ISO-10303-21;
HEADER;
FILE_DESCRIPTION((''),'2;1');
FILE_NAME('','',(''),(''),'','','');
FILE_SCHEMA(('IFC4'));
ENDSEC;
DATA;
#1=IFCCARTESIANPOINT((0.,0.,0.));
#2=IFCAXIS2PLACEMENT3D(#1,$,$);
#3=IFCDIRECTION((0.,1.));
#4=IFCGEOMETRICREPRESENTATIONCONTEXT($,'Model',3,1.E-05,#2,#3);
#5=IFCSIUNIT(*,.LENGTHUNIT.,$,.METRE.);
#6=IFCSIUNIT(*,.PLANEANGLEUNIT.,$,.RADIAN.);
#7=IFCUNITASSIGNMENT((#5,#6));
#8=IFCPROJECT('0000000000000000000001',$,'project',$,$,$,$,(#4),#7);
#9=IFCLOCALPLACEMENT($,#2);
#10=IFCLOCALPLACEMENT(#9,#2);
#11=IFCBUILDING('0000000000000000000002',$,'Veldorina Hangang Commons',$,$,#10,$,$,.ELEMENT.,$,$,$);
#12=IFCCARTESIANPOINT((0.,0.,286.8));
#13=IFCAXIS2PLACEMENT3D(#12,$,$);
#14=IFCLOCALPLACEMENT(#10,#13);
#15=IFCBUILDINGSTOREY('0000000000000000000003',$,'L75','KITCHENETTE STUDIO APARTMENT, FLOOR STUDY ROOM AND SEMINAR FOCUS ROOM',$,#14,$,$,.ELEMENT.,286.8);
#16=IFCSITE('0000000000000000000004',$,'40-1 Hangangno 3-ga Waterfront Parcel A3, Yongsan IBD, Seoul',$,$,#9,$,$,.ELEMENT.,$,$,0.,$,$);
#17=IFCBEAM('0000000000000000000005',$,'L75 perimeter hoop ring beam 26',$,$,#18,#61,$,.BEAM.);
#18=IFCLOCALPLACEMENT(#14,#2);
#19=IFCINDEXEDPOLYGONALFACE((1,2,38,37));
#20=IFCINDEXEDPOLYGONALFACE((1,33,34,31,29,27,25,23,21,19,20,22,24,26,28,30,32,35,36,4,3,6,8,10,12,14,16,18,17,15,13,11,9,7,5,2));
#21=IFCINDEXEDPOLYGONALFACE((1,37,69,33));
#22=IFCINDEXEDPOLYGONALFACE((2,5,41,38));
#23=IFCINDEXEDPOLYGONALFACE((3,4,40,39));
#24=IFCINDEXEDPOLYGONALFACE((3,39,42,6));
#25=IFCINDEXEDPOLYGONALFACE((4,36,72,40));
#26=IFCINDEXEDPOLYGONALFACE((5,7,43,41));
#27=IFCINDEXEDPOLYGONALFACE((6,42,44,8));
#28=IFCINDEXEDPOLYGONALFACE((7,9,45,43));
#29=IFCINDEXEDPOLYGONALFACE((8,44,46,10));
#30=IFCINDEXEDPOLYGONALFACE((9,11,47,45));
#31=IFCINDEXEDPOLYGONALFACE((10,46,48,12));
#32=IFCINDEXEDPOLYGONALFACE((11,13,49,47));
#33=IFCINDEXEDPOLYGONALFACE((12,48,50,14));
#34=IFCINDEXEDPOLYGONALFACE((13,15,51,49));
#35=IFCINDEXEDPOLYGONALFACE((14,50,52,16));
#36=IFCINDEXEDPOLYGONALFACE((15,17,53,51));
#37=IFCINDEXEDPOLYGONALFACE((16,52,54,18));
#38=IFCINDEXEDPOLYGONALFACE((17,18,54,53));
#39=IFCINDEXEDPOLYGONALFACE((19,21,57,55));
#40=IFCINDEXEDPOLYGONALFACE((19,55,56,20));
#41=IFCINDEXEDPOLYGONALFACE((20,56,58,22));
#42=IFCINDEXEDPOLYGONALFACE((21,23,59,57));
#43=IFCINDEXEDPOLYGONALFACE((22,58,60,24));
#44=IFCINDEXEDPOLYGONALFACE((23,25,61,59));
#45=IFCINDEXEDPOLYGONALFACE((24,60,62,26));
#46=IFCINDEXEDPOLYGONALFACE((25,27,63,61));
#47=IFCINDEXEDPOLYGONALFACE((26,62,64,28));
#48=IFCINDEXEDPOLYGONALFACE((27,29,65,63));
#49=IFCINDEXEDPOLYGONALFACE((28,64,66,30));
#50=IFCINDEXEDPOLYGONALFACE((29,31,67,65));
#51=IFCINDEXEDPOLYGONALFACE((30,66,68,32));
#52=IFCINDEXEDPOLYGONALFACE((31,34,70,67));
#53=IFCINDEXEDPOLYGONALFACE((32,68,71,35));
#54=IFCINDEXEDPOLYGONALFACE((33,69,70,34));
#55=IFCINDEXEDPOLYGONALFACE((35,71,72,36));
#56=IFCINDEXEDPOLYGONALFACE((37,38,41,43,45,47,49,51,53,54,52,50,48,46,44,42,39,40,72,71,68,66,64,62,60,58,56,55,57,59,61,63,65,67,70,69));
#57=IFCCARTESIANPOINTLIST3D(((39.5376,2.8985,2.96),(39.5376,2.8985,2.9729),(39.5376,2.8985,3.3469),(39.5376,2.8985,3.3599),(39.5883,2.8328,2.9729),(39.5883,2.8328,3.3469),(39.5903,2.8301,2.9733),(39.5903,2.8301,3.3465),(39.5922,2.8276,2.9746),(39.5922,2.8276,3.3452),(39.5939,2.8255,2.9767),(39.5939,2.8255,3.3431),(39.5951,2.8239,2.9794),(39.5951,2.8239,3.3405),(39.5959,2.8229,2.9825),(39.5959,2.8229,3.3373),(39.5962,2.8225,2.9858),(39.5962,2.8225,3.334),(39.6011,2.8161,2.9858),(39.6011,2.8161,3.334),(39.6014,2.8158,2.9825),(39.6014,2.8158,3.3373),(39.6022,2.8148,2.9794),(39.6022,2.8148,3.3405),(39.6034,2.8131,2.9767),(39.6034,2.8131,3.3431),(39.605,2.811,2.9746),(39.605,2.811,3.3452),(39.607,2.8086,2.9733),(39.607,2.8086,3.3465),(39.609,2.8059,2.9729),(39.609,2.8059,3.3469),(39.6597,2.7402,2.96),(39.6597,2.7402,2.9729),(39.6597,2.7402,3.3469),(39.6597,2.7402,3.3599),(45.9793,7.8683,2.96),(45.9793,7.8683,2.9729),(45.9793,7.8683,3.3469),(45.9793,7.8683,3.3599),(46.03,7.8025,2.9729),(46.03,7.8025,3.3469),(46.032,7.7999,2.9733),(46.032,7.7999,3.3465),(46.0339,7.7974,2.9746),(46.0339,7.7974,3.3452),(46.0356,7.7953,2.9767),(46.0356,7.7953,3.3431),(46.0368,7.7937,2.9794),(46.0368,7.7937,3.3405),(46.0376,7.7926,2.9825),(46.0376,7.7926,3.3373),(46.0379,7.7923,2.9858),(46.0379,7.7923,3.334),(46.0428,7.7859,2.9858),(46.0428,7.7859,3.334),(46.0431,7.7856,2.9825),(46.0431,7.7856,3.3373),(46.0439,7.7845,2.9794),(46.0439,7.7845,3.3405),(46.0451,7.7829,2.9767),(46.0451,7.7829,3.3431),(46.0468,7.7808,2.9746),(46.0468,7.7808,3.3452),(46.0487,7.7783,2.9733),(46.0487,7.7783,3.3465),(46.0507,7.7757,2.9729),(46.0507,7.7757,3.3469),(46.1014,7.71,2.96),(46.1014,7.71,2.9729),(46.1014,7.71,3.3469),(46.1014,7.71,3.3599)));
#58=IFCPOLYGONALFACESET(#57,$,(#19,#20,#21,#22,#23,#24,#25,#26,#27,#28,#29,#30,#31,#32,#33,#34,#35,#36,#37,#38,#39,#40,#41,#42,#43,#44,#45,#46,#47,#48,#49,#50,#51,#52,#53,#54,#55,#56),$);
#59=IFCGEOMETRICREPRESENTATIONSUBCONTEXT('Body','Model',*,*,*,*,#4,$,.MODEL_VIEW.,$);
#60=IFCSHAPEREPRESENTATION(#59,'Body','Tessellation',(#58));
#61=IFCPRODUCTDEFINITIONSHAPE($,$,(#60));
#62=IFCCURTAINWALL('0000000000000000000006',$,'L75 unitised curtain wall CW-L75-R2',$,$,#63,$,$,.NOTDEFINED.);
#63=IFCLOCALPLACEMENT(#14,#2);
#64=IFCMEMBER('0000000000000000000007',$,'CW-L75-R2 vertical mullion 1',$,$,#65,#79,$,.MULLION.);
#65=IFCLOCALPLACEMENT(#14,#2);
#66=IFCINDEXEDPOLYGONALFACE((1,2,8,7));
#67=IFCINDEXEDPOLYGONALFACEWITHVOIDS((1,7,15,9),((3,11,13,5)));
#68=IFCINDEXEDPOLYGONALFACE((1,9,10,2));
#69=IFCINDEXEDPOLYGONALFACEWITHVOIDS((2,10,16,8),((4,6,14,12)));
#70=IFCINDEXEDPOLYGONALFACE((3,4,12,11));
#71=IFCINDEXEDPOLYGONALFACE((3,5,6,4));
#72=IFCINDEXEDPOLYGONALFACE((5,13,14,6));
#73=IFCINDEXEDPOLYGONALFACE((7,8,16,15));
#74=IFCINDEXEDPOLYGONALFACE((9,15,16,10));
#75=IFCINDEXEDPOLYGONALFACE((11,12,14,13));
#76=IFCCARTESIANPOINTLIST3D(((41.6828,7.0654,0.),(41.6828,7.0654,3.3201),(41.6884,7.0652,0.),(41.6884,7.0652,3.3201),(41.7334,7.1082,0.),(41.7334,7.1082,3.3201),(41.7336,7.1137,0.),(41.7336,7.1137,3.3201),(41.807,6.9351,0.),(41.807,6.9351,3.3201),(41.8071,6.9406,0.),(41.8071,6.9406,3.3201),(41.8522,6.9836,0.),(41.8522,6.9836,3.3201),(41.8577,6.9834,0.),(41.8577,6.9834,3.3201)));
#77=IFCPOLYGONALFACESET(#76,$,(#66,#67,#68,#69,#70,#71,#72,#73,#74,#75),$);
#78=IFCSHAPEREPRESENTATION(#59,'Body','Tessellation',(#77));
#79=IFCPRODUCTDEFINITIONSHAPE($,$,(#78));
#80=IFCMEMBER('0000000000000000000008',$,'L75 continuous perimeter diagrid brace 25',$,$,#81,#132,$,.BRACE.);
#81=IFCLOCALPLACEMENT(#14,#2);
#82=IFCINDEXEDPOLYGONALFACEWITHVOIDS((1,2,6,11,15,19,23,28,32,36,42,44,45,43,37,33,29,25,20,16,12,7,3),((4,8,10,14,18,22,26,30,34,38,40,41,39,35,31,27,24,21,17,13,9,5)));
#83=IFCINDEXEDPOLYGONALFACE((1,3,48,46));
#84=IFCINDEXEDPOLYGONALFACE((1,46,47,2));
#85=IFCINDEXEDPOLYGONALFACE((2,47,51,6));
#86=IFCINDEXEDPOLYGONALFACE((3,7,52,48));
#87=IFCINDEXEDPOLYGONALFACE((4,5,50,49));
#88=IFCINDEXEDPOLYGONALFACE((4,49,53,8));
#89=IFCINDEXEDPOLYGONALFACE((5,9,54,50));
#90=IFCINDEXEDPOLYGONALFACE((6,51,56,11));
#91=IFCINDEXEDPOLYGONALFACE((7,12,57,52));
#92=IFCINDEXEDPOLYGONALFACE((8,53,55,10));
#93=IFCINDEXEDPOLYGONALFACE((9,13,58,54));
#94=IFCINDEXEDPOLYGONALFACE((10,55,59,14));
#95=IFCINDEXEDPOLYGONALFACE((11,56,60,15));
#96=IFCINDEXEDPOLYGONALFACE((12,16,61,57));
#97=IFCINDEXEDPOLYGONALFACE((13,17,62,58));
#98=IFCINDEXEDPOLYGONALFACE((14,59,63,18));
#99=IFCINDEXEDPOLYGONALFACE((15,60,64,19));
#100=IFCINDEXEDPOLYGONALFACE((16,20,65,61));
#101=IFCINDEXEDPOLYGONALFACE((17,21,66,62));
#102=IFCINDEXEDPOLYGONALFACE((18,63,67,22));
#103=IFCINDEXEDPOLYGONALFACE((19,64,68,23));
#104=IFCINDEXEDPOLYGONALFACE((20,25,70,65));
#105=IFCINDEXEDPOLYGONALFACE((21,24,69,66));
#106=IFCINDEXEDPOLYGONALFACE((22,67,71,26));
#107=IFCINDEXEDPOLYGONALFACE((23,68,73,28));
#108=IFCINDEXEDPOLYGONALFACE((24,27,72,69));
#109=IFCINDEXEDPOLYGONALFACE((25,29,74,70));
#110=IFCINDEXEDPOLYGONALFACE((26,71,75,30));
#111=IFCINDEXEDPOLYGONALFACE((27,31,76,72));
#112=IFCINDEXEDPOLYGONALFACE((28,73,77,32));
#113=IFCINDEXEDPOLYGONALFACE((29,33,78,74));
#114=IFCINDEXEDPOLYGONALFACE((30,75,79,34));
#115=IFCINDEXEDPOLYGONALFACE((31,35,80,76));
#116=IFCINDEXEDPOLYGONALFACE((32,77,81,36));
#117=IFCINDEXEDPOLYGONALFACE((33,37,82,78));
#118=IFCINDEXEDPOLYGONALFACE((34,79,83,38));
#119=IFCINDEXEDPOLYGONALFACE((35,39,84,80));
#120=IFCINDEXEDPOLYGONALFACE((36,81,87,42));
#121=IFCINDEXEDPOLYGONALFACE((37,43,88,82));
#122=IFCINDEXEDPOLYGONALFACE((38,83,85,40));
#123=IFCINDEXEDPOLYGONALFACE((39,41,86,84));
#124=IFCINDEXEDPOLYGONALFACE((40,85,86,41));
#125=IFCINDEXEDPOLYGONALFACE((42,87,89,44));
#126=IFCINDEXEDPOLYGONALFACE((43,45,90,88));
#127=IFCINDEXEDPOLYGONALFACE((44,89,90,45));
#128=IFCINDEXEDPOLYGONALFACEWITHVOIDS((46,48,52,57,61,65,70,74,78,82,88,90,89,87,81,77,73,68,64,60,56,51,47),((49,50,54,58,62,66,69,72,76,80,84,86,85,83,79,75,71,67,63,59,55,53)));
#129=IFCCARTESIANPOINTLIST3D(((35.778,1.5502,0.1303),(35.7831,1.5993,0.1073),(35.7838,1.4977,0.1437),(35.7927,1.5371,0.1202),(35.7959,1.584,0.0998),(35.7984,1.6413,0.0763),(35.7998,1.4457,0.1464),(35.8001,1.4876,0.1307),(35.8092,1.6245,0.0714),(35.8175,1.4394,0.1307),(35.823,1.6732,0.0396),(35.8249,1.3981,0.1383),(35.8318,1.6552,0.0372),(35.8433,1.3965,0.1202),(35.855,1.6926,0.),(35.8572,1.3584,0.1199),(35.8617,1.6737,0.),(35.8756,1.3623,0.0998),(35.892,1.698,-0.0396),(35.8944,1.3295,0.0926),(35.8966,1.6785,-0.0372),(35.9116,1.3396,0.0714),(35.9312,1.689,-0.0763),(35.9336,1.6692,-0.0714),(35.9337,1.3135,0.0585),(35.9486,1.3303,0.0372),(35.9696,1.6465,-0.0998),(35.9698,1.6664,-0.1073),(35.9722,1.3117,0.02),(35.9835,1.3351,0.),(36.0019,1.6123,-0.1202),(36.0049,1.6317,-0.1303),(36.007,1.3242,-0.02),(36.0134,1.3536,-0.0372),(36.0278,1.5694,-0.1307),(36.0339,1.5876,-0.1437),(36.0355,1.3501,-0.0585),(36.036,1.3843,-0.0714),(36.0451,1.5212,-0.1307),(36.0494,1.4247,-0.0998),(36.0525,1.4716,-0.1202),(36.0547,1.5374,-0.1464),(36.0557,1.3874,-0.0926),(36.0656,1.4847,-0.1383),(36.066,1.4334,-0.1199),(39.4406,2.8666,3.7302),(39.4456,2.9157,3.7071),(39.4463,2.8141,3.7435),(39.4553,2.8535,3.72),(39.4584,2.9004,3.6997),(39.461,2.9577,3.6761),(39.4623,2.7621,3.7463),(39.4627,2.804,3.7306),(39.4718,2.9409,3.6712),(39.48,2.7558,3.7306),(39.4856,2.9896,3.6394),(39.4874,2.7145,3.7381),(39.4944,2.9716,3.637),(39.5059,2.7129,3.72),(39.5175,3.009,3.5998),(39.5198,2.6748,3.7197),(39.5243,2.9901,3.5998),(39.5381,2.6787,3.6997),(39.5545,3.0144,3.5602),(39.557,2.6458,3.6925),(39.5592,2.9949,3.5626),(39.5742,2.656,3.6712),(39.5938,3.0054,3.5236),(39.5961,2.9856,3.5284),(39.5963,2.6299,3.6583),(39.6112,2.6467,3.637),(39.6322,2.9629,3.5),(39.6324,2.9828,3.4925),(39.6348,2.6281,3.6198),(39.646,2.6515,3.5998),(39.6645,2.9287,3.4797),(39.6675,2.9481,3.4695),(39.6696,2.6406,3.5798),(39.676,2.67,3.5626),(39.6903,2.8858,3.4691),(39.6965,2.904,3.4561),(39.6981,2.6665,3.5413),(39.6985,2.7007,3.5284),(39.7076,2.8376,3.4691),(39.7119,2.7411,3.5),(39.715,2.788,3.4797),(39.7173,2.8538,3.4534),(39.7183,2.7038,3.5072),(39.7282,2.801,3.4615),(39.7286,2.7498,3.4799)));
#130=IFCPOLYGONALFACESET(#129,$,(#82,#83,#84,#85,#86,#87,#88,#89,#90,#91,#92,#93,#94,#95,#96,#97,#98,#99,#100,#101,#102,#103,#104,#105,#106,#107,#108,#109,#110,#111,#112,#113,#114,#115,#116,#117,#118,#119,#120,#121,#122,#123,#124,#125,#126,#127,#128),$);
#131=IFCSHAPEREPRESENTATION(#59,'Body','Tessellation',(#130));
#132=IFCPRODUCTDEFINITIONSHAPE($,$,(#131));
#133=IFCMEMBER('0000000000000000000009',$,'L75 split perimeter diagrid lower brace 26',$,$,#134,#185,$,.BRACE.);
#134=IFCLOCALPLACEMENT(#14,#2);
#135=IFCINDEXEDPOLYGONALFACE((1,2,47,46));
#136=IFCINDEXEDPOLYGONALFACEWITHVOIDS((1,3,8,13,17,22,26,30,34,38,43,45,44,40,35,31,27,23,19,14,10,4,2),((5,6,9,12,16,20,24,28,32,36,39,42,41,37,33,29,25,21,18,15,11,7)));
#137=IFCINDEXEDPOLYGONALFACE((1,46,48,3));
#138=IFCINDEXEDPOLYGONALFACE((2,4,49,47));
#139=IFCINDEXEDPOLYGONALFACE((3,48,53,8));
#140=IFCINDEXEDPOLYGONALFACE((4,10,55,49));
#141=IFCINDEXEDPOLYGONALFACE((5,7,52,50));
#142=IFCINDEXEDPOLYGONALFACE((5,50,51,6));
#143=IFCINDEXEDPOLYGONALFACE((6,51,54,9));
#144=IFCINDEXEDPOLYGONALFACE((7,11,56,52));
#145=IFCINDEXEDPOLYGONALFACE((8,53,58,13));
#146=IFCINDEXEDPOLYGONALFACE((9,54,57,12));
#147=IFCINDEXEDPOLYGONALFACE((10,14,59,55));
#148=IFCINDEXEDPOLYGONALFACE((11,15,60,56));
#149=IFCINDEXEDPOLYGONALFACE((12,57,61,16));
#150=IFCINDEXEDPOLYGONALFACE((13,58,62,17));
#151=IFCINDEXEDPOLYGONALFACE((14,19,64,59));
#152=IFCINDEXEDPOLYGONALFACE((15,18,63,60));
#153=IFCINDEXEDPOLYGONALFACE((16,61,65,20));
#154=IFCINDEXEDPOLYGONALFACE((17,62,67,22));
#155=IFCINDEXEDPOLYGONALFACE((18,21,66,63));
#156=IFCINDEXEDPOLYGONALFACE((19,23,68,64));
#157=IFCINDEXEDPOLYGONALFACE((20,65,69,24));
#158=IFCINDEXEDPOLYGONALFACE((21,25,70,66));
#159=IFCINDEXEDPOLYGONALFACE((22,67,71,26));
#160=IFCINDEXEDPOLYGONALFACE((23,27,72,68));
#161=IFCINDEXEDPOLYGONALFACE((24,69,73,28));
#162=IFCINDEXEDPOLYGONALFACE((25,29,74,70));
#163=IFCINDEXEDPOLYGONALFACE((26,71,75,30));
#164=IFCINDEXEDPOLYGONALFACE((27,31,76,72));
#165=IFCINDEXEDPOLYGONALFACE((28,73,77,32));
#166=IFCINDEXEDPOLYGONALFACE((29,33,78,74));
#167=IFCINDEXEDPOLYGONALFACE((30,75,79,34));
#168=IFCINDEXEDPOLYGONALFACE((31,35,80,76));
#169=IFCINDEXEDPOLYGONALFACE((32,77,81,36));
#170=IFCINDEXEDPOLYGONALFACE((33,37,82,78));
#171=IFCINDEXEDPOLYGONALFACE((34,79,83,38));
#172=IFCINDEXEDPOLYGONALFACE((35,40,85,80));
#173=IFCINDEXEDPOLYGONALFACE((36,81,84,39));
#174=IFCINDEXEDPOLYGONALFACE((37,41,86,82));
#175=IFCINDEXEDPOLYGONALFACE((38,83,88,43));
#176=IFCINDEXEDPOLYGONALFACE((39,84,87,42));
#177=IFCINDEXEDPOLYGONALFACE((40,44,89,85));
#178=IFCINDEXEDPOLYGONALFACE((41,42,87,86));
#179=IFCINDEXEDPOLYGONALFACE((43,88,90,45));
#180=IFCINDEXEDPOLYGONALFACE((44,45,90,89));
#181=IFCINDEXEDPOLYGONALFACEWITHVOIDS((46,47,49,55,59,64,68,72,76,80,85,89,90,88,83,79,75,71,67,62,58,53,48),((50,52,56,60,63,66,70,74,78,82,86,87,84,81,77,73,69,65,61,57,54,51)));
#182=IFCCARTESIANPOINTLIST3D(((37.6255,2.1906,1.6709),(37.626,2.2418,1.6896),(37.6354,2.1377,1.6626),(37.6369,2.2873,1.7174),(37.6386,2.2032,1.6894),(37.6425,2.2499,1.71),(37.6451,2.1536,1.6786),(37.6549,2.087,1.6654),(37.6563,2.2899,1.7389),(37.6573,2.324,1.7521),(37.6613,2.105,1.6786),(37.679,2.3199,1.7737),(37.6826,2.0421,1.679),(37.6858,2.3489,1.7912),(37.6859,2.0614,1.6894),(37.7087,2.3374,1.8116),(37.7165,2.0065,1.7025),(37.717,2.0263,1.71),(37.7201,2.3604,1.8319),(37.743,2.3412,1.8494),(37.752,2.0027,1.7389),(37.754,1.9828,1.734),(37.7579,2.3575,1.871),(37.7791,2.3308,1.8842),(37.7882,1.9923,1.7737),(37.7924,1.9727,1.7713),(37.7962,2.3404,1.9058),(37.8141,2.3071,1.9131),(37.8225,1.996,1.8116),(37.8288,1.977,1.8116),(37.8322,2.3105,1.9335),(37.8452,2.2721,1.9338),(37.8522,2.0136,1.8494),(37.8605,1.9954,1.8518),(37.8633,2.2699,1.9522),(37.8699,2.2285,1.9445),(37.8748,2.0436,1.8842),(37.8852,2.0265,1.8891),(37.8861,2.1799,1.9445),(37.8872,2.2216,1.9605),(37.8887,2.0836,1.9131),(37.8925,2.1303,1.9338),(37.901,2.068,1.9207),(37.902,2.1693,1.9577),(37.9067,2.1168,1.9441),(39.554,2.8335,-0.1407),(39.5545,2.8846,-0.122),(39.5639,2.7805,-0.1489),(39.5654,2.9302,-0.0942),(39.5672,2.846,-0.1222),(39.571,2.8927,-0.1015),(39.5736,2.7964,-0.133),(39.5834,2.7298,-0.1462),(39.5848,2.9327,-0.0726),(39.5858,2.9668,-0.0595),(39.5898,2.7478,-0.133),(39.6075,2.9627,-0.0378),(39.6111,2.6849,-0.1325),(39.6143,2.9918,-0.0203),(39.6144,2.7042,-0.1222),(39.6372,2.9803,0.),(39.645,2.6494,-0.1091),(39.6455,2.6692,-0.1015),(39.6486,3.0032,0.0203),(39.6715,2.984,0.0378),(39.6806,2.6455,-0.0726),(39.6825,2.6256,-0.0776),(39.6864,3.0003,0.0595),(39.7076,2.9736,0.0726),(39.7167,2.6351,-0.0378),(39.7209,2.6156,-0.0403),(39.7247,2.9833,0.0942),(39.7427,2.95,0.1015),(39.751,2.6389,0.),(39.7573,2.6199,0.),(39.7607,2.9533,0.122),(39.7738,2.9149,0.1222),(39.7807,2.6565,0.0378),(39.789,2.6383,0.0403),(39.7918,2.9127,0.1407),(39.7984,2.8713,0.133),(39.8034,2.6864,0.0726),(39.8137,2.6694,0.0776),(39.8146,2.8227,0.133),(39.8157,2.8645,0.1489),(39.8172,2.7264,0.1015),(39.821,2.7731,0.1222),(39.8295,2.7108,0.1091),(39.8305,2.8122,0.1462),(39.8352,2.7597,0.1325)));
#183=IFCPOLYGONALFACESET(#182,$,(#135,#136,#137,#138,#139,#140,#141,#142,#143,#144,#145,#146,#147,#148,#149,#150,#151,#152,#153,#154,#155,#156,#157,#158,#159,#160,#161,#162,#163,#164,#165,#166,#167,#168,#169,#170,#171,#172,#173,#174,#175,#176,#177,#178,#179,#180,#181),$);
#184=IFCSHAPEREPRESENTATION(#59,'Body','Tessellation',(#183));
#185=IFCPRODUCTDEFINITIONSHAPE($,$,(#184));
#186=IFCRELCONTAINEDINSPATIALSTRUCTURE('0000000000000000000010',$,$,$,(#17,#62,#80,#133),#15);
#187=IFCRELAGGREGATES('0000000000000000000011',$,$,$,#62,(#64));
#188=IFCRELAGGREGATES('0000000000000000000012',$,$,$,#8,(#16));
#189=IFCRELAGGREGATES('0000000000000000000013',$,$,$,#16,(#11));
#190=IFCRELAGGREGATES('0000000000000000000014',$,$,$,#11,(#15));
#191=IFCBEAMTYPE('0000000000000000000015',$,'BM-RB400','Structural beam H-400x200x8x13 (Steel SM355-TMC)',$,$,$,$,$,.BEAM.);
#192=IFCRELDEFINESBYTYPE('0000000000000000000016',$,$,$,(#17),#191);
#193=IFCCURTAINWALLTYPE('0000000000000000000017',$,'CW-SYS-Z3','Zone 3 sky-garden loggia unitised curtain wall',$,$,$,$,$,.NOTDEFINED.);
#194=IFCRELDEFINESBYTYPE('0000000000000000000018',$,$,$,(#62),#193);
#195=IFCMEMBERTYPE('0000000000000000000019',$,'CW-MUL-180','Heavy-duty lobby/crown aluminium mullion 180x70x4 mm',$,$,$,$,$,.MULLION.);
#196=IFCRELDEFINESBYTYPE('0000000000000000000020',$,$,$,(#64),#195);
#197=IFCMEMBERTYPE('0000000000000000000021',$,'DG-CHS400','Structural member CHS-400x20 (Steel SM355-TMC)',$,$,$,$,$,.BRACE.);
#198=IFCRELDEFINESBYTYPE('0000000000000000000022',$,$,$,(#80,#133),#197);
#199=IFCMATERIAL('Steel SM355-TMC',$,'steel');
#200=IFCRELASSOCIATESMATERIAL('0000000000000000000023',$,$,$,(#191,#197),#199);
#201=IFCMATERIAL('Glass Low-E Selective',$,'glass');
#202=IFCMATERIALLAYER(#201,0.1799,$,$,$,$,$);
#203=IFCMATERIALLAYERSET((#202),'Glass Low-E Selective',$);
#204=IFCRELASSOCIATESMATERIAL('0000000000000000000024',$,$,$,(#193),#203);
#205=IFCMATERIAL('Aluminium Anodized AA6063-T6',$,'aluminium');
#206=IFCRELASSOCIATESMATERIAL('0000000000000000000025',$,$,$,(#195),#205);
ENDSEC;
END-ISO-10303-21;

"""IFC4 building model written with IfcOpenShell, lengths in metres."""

from ifc_helpers import new_model, si_unit, direction, frame, origin, origin_2d, place, context, subcontext, project, spatial, hollow_rectangle, hollow_circle, i_section, extrude, material, layer, layer_set, material_profile, profile_set, type_object, element, aggregate, save


model = new_model("IFC4")

# Units and contexts
model_context = context("Model", 3, precision=1e-05, world=origin(), true_north=direction((0.0, 1.0)))
body_context = subcontext(model_context, "Body", "Model", "MODEL_VIEW")
ifc_project = project(units=[si_unit("LENGTHUNIT", "METRE"), si_unit("PLANEANGLEUNIT", "RADIAN")], contexts=[model_context])

# Site, building, storey
site_placement = place(None, origin())
site = spatial("IfcSite", under=ifc_project, at=site_placement, Name="40-1 Hangangno 3-ga Waterfront Parcel A3, Yongsan IBD, Seoul", CompositionType="ELEMENT", RefElevation=0.0)
building_placement = place(site_placement, origin())
building = spatial("IfcBuilding", under=site, at=building_placement, Name="Veldorina Hangang Commons", CompositionType="ELEMENT")
storey_placement = place(building_placement, frame((0.0, 0.0, 286.8)))
storey = spatial("IfcBuildingStorey", under=building, at=storey_placement, Name="L75", Description="KITCHENETTE STUDIO APARTMENT, FLOOR STUDY ROOM AND SEMINAR FOCUS ROOM", CompositionType="ELEMENT", Elevation=286.8)

# Beam
ifc_material_1 = material(Name="Steel SM355-TMC", Category="steel")
ifc_material_profile_1 = material_profile(ifc_material_1, i_section(OverallWidth=0.2, OverallDepth=0.3999, WebThickness=0.0081, FlangeThickness=0.0129, FilletRadius=0.0129, at=origin_2d()), Name="H-400x200x8x13")
ifc_profile_set_1 = profile_set([ifc_material_profile_1], Name="Steel SM355-TMC")
beam_type = type_object("IfcBeamType", Name="BM-RB400", Description="Structural beam H-400x200x8x13 (Steel SM355-TMC)", PredefinedType="BEAM", material=ifc_profile_set_1)
beam_placement = place(storey_placement, frame((39.5986, 2.8193, 3.1599), z_axis=(0.791755, 0.610838, 0.0), x_axis=(-0.610838, 0.791755, 0.0)))
element("IfcBeam", 1, at=beam_placement, inside=storey, type_object=beam_type, Name="L75 perimeter hoop ring beam 26", PredefinedType="BEAM", context=body_context, shape_type="SweptSolid", body=[
    extrude(i_section(OverallWidth=0.2, OverallDepth=0.3999, WebThickness=0.0081, FlangeThickness=0.0129, FilletRadius=0.0129, at=origin_2d()), origin(), (0.0, 0.0, 1.0), 8.136),
])

# Curtain wall, member
ifc_material_2 = material(Name="Glass Low-E Selective", Category="glass")
ifc_layer_1 = layer(ifc_material_2, 0.1799)
ifc_layer_set_1 = layer_set([ifc_layer_1], Name="Glass Low-E Selective")
curtain_wall_type = type_object("IfcCurtainWallType", Name="CW-SYS-Z3", Description="Zone 3 sky-garden loggia unitised curtain wall", PredefinedType="NOTDEFINED", material=ifc_layer_set_1)
curtain_wall_placement = place(storey_placement, origin())
curtain_wall = element("IfcCurtainWall", 2, at=curtain_wall_placement, inside=storey, type_object=curtain_wall_type, Name="L75 unitised curtain wall CW-L75-R2", PredefinedType="NOTDEFINED")
ifc_material_3 = material(Name="Aluminium Anodized AA6063-T6", Category="aluminium")
ifc_material_profile_2 = material_profile(ifc_material_3, hollow_rectangle(XDim=0.0701, YDim=0.1799, WallThickness=0.0039, at=origin_2d()), Name="ALU-RHS-180x70x4")
ifc_profile_set_2 = profile_set([ifc_material_profile_2], Name="Aluminium Anodized AA6063-T6")
member_type_1 = type_object("IfcMemberType", Name="CW-MUL-180", Description="Heavy-duty lobby/crown aluminium mullion 180x70x4 mm", PredefinedType="MULLION", material=ifc_profile_set_2)
member_1_placement = place(storey_placement, frame((41.7703, 7.0244, 0.0), z_axis=(0.0, 0.0, 1.0), x_axis=(0.724003, 0.689796, 0.0)))
member_1 = element("IfcMember", 3, at=member_1_placement, type_object=member_type_1, Name="CW-L75-R2 vertical mullion 1", PredefinedType="MULLION", context=body_context, shape_type="SweptSolid", body=[
    extrude(hollow_rectangle(XDim=0.0701, YDim=0.1799, WallThickness=0.0039, at=origin_2d()), origin(), (0.0, 0.0, 1.0), 3.3201),
])
aggregate(curtain_wall, [member_1])

# Members
ifc_material_profile_3 = material_profile(ifc_material_1, hollow_circle(Radius=0.2, WallThickness=0.02, at=origin_2d()), Name="CHS-400x20")
ifc_profile_set_3 = profile_set([ifc_material_profile_3], Name="Steel SM355-TMC")
member_type_2 = type_object("IfcMemberType", Name="DG-CHS400", Description="Structural member CHS-400x20 (Steel SM355-TMC)", PredefinedType="BRACE", material=ifc_profile_set_3)
member_2_placement = place(storey_placement, frame((35.9226, 1.5044, 0.0), z_axis=(0.690853, 0.248306, 0.679018), x_axis=(-0.338235, 0.941062, 0.0)))
element("IfcMember", 4, at=member_2_placement, inside=storey, type_object=member_type_2, Name="L75 continuous perimeter diagrid brace 25", PredefinedType="BRACE", context=body_context, shape_type="SweptSolid", body=[
    extrude(hollow_circle(Radius=0.2, WallThickness=0.02, at=origin_2d()), origin(), (0.0, 0.0, 1.0), 5.3015),
])
member_3_placement = place(storey_placement, frame((39.6941, 2.8096, 0.0), z_axis=(-0.708257, -0.236086, 0.665308), x_axis=(0.316228, -0.948683, 0.0)))
element("IfcMember", 5, at=member_3_placement, inside=storey, type_object=member_type_2, Name="L75 split perimeter diagrid lower brace 26", PredefinedType="BRACE", context=body_context, shape_type="SweptSolid", body=[
    extrude(hollow_circle(Radius=0.2, WallThickness=0.02, at=origin_2d()), origin(), (0.0, 0.0, 1.0), 2.7229),
])

save(model, "model.ifc")
